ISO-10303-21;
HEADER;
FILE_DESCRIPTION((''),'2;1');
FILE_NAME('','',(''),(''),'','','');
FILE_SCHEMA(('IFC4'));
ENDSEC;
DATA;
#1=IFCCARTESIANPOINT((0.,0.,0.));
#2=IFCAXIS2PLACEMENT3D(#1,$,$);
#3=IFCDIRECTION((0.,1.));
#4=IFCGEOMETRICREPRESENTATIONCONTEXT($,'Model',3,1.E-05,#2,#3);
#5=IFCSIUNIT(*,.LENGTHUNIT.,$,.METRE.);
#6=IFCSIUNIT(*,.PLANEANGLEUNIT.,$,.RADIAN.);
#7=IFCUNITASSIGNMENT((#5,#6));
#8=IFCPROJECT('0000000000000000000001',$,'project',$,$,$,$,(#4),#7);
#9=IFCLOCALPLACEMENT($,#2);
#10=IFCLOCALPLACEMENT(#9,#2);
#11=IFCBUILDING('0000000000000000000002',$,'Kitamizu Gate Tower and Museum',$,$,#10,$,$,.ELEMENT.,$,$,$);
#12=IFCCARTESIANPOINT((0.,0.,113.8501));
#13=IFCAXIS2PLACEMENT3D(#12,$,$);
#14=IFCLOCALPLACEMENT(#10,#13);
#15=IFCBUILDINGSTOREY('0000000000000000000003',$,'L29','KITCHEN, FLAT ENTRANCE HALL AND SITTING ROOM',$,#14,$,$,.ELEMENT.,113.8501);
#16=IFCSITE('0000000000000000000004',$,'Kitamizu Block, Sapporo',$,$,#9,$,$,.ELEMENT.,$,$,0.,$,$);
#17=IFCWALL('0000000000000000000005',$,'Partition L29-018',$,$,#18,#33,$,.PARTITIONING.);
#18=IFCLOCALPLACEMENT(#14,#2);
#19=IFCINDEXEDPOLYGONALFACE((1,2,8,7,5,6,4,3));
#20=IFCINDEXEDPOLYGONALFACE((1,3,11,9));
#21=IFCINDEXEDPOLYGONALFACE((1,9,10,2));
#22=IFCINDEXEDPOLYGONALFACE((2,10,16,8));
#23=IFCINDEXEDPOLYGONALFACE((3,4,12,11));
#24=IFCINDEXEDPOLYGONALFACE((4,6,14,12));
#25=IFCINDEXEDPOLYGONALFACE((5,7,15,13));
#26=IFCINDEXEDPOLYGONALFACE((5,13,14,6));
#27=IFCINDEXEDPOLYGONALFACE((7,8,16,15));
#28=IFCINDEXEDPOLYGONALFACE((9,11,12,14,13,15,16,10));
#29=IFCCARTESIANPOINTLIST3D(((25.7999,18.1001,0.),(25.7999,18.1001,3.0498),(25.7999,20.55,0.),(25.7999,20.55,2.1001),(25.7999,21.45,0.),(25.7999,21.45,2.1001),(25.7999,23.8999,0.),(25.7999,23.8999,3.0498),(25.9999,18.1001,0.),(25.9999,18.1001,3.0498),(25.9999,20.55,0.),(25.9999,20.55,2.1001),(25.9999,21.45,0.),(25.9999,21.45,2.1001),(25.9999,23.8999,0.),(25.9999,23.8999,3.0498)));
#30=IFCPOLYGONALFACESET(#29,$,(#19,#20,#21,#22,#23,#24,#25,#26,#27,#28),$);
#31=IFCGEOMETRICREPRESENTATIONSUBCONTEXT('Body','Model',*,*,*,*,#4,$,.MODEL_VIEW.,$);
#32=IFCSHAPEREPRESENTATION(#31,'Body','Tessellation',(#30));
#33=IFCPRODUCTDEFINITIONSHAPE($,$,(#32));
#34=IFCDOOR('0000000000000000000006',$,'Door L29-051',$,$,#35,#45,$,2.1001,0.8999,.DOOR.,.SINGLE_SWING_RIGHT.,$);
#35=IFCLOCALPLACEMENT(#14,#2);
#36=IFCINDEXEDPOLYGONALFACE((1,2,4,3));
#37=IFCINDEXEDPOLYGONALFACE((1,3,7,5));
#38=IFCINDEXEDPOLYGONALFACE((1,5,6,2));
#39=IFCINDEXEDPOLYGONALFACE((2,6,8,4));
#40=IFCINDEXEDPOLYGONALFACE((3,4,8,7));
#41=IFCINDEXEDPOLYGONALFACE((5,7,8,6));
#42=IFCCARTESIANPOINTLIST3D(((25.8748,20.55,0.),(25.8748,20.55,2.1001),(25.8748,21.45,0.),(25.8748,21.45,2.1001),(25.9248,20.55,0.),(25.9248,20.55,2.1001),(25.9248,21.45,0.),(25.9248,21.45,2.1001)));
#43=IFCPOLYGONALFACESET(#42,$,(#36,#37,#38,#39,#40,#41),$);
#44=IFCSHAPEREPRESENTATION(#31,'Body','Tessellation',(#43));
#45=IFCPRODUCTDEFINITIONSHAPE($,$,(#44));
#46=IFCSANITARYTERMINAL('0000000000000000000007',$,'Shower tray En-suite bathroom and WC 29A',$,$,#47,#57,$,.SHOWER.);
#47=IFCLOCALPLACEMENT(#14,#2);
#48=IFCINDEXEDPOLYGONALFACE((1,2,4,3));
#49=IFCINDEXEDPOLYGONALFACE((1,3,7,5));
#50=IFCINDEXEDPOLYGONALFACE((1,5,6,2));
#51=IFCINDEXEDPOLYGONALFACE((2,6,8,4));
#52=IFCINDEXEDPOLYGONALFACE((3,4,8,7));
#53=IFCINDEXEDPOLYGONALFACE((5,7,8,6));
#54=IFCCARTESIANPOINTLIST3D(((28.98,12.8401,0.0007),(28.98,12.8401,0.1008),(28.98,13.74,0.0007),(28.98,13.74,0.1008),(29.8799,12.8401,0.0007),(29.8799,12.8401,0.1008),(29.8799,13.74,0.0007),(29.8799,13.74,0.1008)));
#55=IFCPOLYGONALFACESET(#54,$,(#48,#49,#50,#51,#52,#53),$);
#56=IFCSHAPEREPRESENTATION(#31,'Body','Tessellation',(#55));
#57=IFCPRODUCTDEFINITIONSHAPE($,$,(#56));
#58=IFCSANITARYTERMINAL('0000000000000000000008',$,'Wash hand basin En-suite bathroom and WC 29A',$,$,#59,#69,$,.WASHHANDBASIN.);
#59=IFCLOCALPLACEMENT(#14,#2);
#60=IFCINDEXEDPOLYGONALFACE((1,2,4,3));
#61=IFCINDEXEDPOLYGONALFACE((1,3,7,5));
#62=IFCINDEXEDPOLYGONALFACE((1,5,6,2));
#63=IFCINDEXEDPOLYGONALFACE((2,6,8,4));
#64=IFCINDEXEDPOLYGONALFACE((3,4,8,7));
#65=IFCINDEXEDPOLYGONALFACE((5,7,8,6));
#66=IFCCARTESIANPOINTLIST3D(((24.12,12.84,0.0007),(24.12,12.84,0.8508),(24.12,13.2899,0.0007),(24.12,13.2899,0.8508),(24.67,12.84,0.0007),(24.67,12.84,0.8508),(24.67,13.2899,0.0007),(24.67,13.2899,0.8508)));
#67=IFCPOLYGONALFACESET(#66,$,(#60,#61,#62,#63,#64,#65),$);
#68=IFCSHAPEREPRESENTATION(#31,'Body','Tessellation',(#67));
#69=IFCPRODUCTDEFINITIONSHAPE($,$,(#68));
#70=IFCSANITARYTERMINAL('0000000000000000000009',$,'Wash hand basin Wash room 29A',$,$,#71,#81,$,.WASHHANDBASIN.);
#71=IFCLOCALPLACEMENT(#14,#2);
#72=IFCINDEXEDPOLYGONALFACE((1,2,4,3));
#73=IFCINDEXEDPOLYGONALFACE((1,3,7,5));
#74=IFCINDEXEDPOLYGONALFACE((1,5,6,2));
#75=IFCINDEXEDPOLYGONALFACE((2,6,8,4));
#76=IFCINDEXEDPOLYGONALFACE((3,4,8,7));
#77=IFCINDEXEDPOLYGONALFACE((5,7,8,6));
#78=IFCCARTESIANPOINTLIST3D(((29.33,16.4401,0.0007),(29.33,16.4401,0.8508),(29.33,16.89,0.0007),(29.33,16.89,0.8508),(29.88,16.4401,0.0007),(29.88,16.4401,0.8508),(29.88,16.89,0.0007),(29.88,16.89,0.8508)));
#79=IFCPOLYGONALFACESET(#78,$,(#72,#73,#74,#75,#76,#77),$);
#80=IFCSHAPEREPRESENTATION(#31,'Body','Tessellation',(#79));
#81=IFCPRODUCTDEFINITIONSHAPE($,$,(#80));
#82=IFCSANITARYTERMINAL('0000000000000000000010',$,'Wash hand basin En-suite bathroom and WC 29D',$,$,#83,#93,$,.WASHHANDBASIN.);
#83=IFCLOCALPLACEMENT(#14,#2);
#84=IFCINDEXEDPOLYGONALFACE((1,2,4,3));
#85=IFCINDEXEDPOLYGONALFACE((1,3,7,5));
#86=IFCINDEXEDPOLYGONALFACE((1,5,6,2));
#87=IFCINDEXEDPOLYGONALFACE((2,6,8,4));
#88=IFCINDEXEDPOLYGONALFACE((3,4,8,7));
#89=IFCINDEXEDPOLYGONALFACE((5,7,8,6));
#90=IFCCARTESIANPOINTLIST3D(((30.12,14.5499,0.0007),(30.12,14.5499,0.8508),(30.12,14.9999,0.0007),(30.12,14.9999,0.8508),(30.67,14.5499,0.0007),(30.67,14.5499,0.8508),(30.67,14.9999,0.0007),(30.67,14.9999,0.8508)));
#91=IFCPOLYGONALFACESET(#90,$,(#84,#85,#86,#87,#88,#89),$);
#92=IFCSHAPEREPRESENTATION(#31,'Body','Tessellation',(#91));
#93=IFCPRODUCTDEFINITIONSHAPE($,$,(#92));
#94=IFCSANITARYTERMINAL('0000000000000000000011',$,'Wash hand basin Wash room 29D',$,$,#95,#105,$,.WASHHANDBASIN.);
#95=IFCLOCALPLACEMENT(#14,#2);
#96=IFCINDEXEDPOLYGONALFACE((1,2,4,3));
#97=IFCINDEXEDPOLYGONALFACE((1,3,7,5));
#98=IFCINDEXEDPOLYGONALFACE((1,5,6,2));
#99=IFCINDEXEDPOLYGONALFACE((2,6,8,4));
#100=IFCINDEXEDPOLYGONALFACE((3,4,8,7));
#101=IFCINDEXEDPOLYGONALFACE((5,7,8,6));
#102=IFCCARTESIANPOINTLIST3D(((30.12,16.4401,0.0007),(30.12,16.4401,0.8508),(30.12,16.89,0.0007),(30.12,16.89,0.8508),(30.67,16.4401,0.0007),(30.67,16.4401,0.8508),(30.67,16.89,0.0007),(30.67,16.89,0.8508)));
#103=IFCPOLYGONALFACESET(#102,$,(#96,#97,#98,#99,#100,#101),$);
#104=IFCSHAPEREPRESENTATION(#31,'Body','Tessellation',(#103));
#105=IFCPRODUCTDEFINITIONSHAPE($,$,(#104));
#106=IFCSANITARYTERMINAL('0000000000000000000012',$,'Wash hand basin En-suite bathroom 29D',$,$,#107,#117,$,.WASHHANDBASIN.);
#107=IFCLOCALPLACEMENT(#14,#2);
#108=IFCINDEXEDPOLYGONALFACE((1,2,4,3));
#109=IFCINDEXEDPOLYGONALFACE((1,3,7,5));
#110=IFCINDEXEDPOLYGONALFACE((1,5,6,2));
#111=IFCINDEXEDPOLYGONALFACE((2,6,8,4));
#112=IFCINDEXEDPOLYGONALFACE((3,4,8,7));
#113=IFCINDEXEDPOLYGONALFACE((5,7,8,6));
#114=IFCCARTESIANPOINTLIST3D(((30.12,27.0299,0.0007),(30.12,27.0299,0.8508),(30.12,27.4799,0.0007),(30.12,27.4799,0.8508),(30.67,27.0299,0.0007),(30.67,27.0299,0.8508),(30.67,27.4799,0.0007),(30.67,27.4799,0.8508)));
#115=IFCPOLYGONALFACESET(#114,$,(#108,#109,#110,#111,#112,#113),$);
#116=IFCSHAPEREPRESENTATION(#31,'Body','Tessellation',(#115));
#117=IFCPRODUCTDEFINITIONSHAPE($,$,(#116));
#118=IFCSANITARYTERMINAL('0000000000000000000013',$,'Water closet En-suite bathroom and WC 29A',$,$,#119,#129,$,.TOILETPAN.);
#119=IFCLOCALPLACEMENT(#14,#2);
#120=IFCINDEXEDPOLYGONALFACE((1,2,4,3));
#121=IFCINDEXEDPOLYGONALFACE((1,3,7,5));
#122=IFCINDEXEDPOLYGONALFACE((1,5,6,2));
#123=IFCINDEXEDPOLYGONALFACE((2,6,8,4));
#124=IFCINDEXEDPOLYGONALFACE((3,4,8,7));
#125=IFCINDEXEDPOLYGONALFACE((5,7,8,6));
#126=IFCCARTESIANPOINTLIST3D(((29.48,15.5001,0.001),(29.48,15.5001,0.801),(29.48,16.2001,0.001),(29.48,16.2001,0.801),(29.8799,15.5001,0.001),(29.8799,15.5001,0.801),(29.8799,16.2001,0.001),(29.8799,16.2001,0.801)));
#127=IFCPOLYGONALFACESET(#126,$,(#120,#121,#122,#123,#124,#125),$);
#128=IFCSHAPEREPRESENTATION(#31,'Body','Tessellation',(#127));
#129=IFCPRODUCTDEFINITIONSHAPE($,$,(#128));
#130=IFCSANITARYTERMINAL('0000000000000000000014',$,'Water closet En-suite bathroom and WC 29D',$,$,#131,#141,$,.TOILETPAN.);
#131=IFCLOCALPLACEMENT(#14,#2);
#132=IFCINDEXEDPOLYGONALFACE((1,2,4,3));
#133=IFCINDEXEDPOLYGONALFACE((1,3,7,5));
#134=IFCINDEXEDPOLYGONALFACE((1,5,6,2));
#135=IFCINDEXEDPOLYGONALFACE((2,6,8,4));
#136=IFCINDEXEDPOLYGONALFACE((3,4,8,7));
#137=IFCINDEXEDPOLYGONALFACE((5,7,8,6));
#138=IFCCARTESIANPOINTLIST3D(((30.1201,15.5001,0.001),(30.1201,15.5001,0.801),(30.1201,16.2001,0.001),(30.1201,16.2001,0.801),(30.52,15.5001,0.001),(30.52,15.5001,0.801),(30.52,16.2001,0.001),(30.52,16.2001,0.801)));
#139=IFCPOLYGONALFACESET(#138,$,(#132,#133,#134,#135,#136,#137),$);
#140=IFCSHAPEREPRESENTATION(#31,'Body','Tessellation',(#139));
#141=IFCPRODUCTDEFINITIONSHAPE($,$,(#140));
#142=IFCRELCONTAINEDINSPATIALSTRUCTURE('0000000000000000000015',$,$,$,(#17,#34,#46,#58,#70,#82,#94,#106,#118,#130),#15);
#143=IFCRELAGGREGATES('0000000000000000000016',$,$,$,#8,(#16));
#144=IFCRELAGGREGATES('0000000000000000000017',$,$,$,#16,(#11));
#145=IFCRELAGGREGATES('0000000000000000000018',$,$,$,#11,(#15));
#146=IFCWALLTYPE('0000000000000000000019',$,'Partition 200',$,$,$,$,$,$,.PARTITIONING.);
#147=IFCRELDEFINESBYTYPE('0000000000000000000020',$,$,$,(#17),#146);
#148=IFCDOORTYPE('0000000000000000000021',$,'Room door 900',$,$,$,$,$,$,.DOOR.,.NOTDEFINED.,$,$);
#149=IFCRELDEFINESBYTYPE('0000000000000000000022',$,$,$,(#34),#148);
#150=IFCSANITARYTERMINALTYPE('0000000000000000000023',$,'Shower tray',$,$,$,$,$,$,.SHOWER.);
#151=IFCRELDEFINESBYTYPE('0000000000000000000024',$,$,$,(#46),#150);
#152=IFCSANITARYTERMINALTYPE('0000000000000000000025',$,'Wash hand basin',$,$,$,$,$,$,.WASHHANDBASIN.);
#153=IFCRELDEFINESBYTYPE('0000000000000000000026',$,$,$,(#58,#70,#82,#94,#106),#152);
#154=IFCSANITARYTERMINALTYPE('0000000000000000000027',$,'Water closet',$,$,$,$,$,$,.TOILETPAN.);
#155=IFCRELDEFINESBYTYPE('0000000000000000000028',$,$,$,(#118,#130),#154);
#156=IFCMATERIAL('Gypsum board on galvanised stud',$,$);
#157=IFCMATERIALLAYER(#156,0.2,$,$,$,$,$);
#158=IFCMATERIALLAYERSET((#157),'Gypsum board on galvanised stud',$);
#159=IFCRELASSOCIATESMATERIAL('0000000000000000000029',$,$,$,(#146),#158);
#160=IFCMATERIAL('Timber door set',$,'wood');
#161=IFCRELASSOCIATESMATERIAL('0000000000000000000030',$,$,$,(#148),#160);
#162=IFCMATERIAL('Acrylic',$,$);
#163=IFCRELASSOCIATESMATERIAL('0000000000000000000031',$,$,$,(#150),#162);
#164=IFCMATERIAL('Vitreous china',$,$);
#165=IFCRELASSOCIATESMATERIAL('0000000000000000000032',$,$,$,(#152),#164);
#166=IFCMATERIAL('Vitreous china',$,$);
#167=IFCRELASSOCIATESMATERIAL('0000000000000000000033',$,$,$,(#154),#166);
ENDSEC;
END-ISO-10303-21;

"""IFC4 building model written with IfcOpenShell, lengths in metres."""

from ifc_helpers import new_model, si_unit, direction, frame, frame_2d, origin, origin_2d, place, context, subcontext, project, spatial, rectangle, extrude, material, layer, layer_set, type_object, element, fill, save


model = new_model("IFC4")

# Units and contexts
model_context = context("Model", 3, precision=1e-05, world=origin(), true_north=direction((0.0, 1.0)))
body_context = subcontext(model_context, "Body", "Model", "MODEL_VIEW")
ifc_project = project(units=[si_unit("LENGTHUNIT", "METRE"), si_unit("PLANEANGLEUNIT", "RADIAN")], contexts=[model_context])

# Site, building, storey
site_placement = place(None, origin())
site = spatial("IfcSite", under=ifc_project, at=site_placement, Name="Kitamizu Block, Sapporo", CompositionType="ELEMENT", RefElevation=0.0)
building_placement = place(site_placement, origin())
building = spatial("IfcBuilding", under=site, at=building_placement, Name="Kitamizu Gate Tower and Museum", CompositionType="ELEMENT")
storey_placement = place(building_placement, frame((0.0, 0.0, 113.8501)))
storey = spatial("IfcBuildingStorey", under=building, at=storey_placement, Name="L29", Description="KITCHEN, FLAT ENTRANCE HALL AND SITTING ROOM", CompositionType="ELEMENT", Elevation=113.8501)

# Shared definitions
ifc_material_1 = material(Name="Gypsum board on galvanised stud")
ifc_layer_1 = layer(ifc_material_1, 0.2)
ifc_layer_set_1 = layer_set([ifc_layer_1], Name="Gypsum board on galvanised stud")
wall_type_1 = type_object("IfcWallType", Name="Partition 200", PredefinedType="PARTITIONING", material=ifc_layer_set_1)

# Wall, opening, door
wall_1_placement = place(storey_placement, frame((25.8999, 23.8999, 0.0), z_axis=(0.0, 0.0, 1.0), x_axis=(0.0, -1.0, 0.0)))
wall_1 = element("IfcWall", 1, at=wall_1_placement, inside=storey, type_object=wall_type_1, Name="Partition L29-018", PredefinedType="PARTITIONING", context=body_context, shape_type="SweptSolid", body=[
    extrude(rectangle(XDim=5.7998, YDim=0.2, at=frame_2d((2.8999, 0.0))), origin(), (0.0, 0.0, 1.0), 3.0498),
])
opening_placement = place(wall_1_placement, frame((2.45, 0.0, 0.0)))
opening = element("IfcOpeningElement", 2, at=opening_placement, cuts=wall_1, PredefinedType="OPENING", context=body_context, shape_type="SweptSolid", body=[
    extrude(rectangle(XDim=0.8999, YDim=2.1001, at=frame_2d((0.45, 1.05))), frame((0.0, 0.1099, 0.0), z_axis=(0.0, -1.0, 0.0), x_axis=(1.0, 0.0, 0.0)), (0.0, 0.0, 1.0), 0.22),
])
ifc_material_2 = material(Name="Timber door set", Category="wood")
door_type = type_object("IfcDoorType", Name="Room door 900", OperationType="NOTDEFINED", PredefinedType="DOOR", material=ifc_material_2)
door_placement = place(opening_placement, origin())
door = element("IfcDoor", 3, at=door_placement, inside=storey, type_object=door_type, Name="Door L29-051", OperationType="SINGLE_SWING_RIGHT", OverallHeight=2.1001, OverallWidth=0.8999, PredefinedType="DOOR", context=body_context, shape_type="SweptSolid", body=[
    extrude(rectangle(XDim=0.8999, YDim=2.1001, at=frame_2d((0.45, 1.05))), frame((0.0, 0.0249, 0.0), z_axis=(0.0, -1.0, 0.0), x_axis=(1.0, 0.0, 0.0)), (0.0, 0.0, 1.0), 0.05),
])
fill(opening, door)

# Sanitary terminals
ifc_material_3 = material(Name="Acrylic")
sanitary_terminal_type_1 = type_object("IfcSanitaryTerminalType", Name="Shower tray", PredefinedType="SHOWER", material=ifc_material_3)
sanitary_terminal_placement = place(storey_placement, frame((29.4299, 13.29, 0.0007), z_axis=(0.0, 0.0, 1.0), x_axis=(1.0, 0.0, 0.0)))
element("IfcSanitaryTerminal", 4, at=sanitary_terminal_placement, inside=storey, type_object=sanitary_terminal_type_1, Name="Shower tray En-suite bathroom and WC 29A", PredefinedType="SHOWER", context=body_context, shape_type="SweptSolid", body=[
    extrude(rectangle(XDim=0.8999, YDim=0.8999, at=origin_2d()), origin(), (0.0, 0.0, 1.0), 0.1001),
])
ifc_material_4 = material(Name="Vitreous china")
sanitary_terminal_type_2 = type_object("IfcSanitaryTerminalType", Name="Wash hand basin", PredefinedType="WASHHANDBASIN", material=ifc_material_4)
for number, where, z_axis, x_axis, name in (
    (5, (24.395, 13.0649, 0.0007), (0.0, 0.0, 1.0), (1.0, 0.0, 0.0), "Wash hand basin En-suite bathroom and WC 29A"),
    (6, (29.605, 16.665, 0.0007), (0.0, 0.0, 1.0), (1.0, 0.0, 0.0), "Wash hand basin Wash room 29A"),
    (7, (30.395, 14.7749, 0.0007), (0.0, 0.0, 1.0), (1.0, 0.0, 0.0), "Wash hand basin En-suite bathroom and WC 29D"),
    (8, (30.395, 16.665, 0.0007), (0.0, 0.0, 1.0), (1.0, 0.0, 0.0), "Wash hand basin Wash room 29D"),
    (9, (30.395, 27.2549, 0.0007), (0.0, 0.0, 1.0), (1.0, 0.0, 0.0), "Wash hand basin En-suite bathroom 29D"),
):
    element("IfcSanitaryTerminal", number, at=place(storey_placement, frame(where, z_axis=z_axis, x_axis=x_axis)), inside=storey, type_object=sanitary_terminal_type_2, Name=name, PredefinedType="WASHHANDBASIN", context=body_context, shape_type="SweptSolid", body=[
        extrude(rectangle(XDim=0.55, YDim=0.45, at=origin_2d()), origin(), (0.0, 0.0, 1.0), 0.8501),
    ])
ifc_material_5 = material(Name="Vitreous china")
sanitary_terminal_type_3 = type_object("IfcSanitaryTerminalType", Name="Water closet", PredefinedType="TOILETPAN", material=ifc_material_5)
for number, where, z_axis, x_axis, name in (
    (10, (29.6799, 15.8501, 0.001), (0.0, 0.0, 1.0), (1.0, 0.0, 0.0), "Water closet En-suite bathroom and WC 29A"),
    (11, (30.3201, 15.8501, 0.001), (0.0, 0.0, 1.0), (1.0, 0.0, 0.0), "Water closet En-suite bathroom and WC 29D"),
):
    element("IfcSanitaryTerminal", number, at=place(storey_placement, frame(where, z_axis=z_axis, x_axis=x_axis)), inside=storey, type_object=sanitary_terminal_type_3, Name=name, PredefinedType="TOILETPAN", context=body_context, shape_type="SweptSolid", body=[
        extrude(rectangle(XDim=0.3999, YDim=0.7, at=origin_2d()), origin(), (0.0, 0.0, 1.0), 0.8),
    ])

save(model, "model.ifc")
